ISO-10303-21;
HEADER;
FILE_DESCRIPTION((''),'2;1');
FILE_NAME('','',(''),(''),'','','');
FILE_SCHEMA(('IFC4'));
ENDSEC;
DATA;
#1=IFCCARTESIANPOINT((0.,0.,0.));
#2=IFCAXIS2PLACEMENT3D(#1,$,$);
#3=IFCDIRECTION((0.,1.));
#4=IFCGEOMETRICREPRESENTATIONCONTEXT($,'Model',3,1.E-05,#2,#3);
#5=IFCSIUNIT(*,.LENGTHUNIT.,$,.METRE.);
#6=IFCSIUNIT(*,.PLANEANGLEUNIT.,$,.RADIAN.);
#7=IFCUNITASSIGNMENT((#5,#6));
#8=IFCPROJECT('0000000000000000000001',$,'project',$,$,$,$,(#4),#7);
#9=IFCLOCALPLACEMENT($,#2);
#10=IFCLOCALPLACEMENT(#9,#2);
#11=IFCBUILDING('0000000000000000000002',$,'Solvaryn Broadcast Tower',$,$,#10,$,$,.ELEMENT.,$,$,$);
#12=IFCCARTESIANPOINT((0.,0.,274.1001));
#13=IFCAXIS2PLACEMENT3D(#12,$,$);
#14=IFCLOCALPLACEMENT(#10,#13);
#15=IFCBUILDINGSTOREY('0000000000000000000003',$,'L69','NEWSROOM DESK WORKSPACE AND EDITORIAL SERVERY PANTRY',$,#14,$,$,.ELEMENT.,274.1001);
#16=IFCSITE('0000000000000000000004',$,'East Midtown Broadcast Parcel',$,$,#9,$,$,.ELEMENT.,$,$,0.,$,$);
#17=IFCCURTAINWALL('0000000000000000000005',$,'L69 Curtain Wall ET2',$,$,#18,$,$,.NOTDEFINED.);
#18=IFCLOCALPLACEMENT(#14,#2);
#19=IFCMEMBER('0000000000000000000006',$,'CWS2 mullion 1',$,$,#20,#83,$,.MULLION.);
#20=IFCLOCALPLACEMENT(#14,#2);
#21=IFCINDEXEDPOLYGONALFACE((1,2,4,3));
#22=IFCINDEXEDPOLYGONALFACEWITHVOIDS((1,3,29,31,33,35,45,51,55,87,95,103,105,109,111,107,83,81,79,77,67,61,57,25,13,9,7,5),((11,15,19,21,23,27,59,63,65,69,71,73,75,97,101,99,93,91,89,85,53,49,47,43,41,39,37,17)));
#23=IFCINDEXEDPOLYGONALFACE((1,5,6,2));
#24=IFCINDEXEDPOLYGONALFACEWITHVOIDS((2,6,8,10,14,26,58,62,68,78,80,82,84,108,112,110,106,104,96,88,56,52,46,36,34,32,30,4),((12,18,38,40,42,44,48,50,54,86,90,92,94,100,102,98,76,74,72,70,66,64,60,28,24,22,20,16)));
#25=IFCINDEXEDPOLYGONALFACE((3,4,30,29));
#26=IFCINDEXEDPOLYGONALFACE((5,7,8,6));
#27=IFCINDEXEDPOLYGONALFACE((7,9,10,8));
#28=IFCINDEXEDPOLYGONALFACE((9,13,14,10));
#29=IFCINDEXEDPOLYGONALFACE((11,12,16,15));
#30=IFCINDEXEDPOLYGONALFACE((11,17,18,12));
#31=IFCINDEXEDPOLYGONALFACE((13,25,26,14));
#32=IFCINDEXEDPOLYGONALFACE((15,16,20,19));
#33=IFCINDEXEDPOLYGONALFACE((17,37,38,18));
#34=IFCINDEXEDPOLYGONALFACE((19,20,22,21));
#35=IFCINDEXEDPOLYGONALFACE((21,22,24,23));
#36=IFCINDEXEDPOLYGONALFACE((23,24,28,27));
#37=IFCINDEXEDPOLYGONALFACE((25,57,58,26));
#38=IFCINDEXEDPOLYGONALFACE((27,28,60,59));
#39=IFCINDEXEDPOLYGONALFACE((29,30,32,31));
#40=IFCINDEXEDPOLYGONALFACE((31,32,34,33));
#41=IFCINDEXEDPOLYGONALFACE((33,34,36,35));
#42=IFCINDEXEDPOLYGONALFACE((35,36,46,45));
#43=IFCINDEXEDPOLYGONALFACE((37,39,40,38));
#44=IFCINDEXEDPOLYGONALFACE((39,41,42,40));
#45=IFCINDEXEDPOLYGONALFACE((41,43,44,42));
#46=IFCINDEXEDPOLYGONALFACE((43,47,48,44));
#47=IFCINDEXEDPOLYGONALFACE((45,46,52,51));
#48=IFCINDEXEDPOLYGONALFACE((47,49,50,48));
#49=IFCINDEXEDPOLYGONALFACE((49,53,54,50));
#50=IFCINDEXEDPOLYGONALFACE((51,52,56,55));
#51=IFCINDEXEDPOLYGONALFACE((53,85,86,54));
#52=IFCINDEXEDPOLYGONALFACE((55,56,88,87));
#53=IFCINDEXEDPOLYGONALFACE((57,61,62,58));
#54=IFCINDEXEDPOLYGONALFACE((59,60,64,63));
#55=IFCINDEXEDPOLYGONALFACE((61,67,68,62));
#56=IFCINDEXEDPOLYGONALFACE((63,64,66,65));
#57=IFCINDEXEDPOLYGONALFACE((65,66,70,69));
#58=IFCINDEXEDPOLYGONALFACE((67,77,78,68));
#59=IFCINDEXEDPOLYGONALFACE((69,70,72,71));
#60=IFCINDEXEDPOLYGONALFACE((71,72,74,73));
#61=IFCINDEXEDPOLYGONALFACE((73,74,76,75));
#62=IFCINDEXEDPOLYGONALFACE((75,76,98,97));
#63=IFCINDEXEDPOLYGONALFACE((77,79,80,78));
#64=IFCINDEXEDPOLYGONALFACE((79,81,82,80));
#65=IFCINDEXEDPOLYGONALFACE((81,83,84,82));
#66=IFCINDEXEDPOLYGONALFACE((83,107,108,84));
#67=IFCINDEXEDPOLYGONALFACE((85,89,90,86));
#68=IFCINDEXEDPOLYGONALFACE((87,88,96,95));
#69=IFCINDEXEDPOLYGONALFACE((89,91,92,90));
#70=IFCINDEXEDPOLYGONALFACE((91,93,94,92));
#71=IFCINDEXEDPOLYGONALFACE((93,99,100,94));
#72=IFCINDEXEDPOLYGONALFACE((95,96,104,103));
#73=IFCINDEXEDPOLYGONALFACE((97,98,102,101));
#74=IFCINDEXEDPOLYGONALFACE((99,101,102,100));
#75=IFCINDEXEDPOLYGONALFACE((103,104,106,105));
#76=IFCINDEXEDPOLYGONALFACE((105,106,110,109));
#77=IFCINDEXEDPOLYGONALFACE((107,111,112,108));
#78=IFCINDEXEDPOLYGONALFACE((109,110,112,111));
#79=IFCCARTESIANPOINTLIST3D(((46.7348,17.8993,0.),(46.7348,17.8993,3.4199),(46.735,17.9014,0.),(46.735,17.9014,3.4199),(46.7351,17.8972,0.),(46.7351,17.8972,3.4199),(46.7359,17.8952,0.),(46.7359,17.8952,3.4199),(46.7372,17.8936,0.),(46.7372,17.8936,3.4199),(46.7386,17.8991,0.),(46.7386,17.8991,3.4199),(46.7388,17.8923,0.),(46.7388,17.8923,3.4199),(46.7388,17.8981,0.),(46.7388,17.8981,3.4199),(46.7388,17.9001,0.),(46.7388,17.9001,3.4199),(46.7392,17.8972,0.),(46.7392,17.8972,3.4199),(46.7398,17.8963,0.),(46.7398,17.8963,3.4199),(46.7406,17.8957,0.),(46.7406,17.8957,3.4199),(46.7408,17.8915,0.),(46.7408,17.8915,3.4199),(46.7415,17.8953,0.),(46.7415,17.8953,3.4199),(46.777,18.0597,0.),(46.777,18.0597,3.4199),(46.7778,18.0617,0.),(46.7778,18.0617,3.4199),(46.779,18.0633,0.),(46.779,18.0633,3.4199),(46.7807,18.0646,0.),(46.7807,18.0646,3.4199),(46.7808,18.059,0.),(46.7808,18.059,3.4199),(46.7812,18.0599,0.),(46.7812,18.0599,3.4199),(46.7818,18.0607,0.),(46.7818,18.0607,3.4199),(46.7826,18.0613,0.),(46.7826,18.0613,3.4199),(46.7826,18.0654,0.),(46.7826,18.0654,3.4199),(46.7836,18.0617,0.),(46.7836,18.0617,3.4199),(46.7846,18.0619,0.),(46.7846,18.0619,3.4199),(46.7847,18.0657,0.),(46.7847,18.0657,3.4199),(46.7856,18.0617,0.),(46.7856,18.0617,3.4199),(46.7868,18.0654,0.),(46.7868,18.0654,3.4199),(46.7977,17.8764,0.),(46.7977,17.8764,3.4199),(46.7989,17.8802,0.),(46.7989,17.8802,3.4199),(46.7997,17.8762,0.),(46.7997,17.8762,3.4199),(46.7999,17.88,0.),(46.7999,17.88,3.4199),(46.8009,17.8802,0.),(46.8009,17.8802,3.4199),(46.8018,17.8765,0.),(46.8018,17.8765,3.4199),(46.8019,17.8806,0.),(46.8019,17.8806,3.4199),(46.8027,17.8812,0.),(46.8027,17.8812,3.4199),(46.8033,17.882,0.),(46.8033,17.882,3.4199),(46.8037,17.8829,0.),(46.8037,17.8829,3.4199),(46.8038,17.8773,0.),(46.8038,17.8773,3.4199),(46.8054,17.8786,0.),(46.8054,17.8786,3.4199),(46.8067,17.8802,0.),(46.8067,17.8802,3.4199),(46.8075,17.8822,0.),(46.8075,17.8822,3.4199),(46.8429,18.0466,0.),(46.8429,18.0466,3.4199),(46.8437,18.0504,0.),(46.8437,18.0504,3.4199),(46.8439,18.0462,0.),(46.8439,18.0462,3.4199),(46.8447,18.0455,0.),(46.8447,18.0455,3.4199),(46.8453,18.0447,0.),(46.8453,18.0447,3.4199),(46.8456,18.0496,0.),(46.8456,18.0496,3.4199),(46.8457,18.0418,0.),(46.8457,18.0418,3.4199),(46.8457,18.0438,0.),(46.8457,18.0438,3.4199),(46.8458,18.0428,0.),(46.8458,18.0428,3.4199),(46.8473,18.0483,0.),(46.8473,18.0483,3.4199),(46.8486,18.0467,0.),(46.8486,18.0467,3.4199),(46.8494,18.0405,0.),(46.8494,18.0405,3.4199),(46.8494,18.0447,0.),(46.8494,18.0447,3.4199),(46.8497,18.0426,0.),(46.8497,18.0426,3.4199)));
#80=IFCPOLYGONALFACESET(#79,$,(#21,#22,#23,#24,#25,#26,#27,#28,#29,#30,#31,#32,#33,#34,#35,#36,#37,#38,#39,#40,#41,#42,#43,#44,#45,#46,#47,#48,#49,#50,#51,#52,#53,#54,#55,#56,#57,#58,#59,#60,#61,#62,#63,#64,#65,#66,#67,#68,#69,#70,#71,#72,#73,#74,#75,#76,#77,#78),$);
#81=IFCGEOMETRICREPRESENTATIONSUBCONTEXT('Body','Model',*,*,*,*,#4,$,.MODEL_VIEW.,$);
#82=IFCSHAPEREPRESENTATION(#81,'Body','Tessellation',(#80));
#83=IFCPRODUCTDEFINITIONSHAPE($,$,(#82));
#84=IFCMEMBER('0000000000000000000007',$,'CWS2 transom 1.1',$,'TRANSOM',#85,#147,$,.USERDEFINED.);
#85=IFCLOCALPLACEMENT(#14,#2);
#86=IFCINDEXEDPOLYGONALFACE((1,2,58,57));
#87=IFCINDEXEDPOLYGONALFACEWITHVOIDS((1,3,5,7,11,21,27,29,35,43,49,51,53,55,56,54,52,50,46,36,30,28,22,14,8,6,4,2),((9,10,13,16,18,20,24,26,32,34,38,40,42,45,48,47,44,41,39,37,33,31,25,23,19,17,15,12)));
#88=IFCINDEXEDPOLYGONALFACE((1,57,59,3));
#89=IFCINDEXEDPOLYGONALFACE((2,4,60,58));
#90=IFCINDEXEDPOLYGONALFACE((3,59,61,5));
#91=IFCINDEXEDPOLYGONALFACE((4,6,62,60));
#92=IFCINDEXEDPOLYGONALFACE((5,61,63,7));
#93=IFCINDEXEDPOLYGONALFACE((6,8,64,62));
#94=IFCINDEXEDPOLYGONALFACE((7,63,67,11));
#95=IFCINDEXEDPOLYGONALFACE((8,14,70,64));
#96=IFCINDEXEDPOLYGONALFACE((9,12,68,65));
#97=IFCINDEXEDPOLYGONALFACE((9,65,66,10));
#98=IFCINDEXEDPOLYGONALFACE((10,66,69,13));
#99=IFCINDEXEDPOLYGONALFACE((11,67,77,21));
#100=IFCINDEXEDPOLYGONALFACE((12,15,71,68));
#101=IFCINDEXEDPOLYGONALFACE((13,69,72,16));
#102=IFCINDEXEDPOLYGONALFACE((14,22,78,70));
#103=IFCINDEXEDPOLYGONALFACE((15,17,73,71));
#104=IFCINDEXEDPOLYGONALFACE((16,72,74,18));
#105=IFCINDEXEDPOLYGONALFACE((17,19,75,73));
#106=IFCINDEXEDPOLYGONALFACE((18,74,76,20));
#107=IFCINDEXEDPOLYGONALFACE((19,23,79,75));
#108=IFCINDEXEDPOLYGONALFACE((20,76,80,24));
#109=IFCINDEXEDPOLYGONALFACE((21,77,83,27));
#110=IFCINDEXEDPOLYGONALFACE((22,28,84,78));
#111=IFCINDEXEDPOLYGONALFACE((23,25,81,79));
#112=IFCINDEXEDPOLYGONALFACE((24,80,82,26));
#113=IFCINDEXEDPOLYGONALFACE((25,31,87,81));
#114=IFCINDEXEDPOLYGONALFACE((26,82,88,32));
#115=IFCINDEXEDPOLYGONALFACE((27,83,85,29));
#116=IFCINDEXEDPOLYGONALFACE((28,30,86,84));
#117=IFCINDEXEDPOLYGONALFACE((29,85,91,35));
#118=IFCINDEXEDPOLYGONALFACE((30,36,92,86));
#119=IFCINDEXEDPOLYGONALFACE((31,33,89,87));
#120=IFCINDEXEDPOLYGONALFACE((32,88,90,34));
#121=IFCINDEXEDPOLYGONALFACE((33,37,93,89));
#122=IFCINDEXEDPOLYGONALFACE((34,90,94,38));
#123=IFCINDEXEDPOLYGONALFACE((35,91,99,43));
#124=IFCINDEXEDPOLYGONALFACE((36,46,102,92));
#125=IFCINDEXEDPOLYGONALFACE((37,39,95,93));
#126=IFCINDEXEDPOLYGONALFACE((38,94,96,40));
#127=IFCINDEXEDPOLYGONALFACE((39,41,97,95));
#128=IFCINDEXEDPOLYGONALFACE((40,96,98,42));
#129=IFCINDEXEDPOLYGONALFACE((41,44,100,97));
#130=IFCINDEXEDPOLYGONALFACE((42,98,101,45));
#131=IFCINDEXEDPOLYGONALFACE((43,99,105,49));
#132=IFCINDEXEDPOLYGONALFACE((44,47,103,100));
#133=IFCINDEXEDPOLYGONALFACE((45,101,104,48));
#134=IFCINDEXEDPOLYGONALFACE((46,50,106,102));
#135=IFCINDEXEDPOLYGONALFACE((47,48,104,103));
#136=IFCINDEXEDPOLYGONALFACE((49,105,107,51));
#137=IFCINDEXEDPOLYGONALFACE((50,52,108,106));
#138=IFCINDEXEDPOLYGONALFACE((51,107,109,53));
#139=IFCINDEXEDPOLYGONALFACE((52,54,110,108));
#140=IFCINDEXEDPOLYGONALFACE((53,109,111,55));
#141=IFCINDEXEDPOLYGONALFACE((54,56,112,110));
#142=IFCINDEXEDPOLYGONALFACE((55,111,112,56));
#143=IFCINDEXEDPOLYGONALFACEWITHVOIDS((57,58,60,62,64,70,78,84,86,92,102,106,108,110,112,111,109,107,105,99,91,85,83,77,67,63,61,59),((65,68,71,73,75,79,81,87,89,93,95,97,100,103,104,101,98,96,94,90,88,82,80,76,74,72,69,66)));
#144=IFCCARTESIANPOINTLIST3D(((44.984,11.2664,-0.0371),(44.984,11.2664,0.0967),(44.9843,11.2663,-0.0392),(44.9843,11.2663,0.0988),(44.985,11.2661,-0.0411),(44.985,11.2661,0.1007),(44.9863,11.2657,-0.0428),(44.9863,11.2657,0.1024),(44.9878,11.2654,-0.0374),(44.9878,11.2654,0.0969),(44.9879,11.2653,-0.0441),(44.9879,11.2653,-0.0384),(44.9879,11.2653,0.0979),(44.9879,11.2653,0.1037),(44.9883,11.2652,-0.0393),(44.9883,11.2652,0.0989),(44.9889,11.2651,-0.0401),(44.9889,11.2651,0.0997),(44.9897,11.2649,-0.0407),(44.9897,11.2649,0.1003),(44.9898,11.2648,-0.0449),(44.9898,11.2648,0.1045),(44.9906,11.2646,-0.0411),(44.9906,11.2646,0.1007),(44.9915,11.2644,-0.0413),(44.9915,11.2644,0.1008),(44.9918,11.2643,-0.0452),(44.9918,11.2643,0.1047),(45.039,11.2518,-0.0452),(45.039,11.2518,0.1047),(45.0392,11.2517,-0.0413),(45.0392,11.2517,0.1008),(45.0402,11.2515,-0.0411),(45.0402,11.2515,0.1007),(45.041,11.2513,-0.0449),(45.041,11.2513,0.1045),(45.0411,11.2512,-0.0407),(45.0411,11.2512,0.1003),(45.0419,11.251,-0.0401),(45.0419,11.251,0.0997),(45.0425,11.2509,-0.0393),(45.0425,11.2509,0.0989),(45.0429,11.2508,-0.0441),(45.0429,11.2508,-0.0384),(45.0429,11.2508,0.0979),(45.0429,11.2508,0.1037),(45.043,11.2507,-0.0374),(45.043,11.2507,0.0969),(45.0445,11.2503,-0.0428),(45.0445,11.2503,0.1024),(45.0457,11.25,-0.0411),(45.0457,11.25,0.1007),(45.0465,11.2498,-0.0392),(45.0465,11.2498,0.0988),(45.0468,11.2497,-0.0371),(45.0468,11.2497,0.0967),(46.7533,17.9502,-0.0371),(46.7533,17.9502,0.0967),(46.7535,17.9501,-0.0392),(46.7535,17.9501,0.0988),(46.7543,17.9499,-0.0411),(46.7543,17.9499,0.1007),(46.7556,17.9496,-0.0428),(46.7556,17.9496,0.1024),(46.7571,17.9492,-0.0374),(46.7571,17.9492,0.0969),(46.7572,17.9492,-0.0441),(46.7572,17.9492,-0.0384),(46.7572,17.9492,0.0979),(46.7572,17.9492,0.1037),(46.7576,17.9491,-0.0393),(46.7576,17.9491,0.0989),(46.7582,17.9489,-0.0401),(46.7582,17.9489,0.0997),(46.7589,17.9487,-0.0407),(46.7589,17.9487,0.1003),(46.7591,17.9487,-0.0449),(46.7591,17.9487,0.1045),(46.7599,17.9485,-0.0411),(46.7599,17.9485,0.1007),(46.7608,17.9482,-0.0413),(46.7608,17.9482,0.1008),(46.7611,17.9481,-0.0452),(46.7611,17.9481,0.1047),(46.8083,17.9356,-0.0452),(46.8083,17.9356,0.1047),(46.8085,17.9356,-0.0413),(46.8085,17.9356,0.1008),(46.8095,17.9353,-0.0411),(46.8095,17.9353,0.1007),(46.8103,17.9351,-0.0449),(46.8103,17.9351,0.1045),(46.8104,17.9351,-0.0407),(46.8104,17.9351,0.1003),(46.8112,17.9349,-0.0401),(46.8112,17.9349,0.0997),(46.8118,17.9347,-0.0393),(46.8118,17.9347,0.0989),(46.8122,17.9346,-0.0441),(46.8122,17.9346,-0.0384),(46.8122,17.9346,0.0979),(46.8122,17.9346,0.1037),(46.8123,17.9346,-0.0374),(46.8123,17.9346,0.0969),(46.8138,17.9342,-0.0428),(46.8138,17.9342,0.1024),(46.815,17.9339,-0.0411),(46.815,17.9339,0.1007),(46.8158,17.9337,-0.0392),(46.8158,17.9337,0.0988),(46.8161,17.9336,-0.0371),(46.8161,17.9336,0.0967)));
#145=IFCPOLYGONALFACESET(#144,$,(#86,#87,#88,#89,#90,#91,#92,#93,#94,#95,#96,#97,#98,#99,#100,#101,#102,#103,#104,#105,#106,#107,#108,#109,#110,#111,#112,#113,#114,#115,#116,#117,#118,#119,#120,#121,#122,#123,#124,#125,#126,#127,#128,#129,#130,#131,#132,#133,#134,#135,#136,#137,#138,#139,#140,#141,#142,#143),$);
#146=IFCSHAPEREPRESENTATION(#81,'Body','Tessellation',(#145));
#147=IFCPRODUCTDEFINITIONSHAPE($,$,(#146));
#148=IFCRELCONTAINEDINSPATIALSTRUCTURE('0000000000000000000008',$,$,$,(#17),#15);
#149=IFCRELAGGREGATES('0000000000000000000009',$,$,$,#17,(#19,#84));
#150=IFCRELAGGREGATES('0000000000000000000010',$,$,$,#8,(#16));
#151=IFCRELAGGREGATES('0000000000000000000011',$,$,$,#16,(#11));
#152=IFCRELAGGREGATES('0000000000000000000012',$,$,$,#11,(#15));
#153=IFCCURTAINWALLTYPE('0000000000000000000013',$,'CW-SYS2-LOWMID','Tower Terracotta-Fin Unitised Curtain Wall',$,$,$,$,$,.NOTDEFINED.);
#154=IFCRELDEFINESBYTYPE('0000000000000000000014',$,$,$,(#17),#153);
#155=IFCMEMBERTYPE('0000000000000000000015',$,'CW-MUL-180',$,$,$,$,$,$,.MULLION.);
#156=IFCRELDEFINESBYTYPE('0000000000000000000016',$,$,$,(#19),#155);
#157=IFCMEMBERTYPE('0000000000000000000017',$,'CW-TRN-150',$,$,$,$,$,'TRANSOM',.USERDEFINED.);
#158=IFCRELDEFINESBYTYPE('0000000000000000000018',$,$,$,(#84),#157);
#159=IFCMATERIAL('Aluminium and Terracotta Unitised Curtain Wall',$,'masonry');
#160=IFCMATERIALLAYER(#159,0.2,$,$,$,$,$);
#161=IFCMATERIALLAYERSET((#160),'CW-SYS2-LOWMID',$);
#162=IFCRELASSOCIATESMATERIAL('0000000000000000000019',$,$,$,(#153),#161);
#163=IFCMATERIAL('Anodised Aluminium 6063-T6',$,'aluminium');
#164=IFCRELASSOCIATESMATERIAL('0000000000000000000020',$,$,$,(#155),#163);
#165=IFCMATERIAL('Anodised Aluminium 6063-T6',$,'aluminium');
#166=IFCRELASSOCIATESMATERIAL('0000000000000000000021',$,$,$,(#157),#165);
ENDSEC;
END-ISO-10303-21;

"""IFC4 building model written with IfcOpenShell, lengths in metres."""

from ifc_helpers import new_model, si_unit, direction, frame, origin, origin_2d, place, context, subcontext, project, spatial, hollow_rectangle, extrude, material, layer, layer_set, material_profile, profile_set, type_object, element, aggregate, save


model = new_model("IFC4")

# Units and contexts
model_context = context("Model", 3, precision=1e-05, world=origin(), true_north=direction((0.0, 1.0)))
body_context = subcontext(model_context, "Body", "Model", "MODEL_VIEW")
ifc_project = project(units=[si_unit("LENGTHUNIT", "METRE"), si_unit("PLANEANGLEUNIT", "RADIAN")], contexts=[model_context])

# Site, building, storey
site_placement = place(None, origin())
site = spatial("IfcSite", under=ifc_project, at=site_placement, Name="East Midtown Broadcast Parcel", CompositionType="ELEMENT", RefElevation=0.0)
building_placement = place(site_placement, origin())
building = spatial("IfcBuilding", under=site, at=building_placement, Name="Solvaryn Broadcast Tower", CompositionType="ELEMENT")
storey_placement = place(building_placement, frame((0.0, 0.0, 274.1001)))
storey = spatial("IfcBuildingStorey", under=building, at=storey_placement, Name="L69", Description="NEWSROOM DESK WORKSPACE AND EDITORIAL SERVERY PANTRY", CompositionType="ELEMENT", Elevation=274.1001)

# Shared definitions
ifc_material_1 = material(Name="Aluminium and Terracotta Unitised Curtain Wall", Category="masonry")
ifc_layer_1 = layer(ifc_material_1, 0.2)
ifc_layer_set_1 = layer_set([ifc_layer_1], Name="CW-SYS2-LOWMID")
curtain_wall_type = type_object("IfcCurtainWallType", Name="CW-SYS2-LOWMID", Description="Tower Terracotta-Fin Unitised Curtain Wall", PredefinedType="NOTDEFINED", material=ifc_layer_set_1)
ifc_material_2 = material(Name="Anodised Aluminium 6063-T6", Category="aluminium")
ifc_material_profile_1 = material_profile(ifc_material_2, hollow_rectangle(XDim=0.075, YDim=0.1799, WallThickness=0.0039, InnerFilletRadius=0.0039, OuterFilletRadius=0.0081, at=origin_2d()))
ifc_profile_set_1 = profile_set([ifc_material_profile_1], Name="Anodised Aluminium 6063-T6")
member_type_1 = type_object("IfcMemberType", Name="CW-MUL-180", PredefinedType="MULLION", material=ifc_profile_set_1)

# Curtain wall, members
curtain_wall_1_placement = place(storey_placement, origin())
curtain_wall_1 = element("IfcCurtainWall", 1, at=curtain_wall_1_placement, inside=storey, type_object=curtain_wall_type, Name="L69 Curtain Wall ET2", PredefinedType="NOTDEFINED")
member_1_placement = place(storey_placement, frame((46.7922, 17.9709, 0.0), z_axis=(0.0, 0.0, 1.0), x_axis=(0.966705, -0.255893, 0.0)))
member_1 = element("IfcMember", 2, at=member_1_placement, type_object=member_type_1, Name="CWS2 mullion 1", PredefinedType="MULLION", context=body_context, shape_type="SweptSolid", body=[
    extrude(hollow_rectangle(XDim=0.075, YDim=0.1799, WallThickness=0.0039, InnerFilletRadius=0.0039, OuterFilletRadius=0.0081, at=origin_2d()), origin(), (0.0, 0.0, 1.0), 3.4199),
])
ifc_material_3 = material(Name="Anodised Aluminium 6063-T6", Category="aluminium")
ifc_material_profile_2 = material_profile(ifc_material_3, hollow_rectangle(XDim=0.0649, YDim=0.1499, WallThickness=0.0039, InnerFilletRadius=0.0039, OuterFilletRadius=0.0081, at=origin_2d()))
ifc_profile_set_2 = profile_set([ifc_material_profile_2], Name="Anodised Aluminium 6063-T6")
member_type_2 = type_object("IfcMemberType", Name="CW-TRN-150", ElementType="TRANSOM", PredefinedType="USERDEFINED", material=ifc_profile_set_2)
member_2_placement = place(storey_placement, frame((46.7847, 17.9419, 0.0298), z_axis=(-0.255897, -0.966704, 0.0), x_axis=(0.966704, -0.255897, 0.0)))
member_2 = element("IfcMember", 3, at=member_2_placement, type_object=member_type_2, Name="CWS2 transom 1.1", ObjectType="TRANSOM", PredefinedType="USERDEFINED", context=body_context, shape_type="SweptSolid", body=[
    extrude(hollow_rectangle(XDim=0.0649, YDim=0.1499, WallThickness=0.0039, InnerFilletRadius=0.0039, OuterFilletRadius=0.0081, at=origin_2d()), origin(), (0.0, 0.0, 1.0), 6.9141),
])
aggregate(curtain_wall_1, [member_1, member_2])

save(model, "model.ifc")
